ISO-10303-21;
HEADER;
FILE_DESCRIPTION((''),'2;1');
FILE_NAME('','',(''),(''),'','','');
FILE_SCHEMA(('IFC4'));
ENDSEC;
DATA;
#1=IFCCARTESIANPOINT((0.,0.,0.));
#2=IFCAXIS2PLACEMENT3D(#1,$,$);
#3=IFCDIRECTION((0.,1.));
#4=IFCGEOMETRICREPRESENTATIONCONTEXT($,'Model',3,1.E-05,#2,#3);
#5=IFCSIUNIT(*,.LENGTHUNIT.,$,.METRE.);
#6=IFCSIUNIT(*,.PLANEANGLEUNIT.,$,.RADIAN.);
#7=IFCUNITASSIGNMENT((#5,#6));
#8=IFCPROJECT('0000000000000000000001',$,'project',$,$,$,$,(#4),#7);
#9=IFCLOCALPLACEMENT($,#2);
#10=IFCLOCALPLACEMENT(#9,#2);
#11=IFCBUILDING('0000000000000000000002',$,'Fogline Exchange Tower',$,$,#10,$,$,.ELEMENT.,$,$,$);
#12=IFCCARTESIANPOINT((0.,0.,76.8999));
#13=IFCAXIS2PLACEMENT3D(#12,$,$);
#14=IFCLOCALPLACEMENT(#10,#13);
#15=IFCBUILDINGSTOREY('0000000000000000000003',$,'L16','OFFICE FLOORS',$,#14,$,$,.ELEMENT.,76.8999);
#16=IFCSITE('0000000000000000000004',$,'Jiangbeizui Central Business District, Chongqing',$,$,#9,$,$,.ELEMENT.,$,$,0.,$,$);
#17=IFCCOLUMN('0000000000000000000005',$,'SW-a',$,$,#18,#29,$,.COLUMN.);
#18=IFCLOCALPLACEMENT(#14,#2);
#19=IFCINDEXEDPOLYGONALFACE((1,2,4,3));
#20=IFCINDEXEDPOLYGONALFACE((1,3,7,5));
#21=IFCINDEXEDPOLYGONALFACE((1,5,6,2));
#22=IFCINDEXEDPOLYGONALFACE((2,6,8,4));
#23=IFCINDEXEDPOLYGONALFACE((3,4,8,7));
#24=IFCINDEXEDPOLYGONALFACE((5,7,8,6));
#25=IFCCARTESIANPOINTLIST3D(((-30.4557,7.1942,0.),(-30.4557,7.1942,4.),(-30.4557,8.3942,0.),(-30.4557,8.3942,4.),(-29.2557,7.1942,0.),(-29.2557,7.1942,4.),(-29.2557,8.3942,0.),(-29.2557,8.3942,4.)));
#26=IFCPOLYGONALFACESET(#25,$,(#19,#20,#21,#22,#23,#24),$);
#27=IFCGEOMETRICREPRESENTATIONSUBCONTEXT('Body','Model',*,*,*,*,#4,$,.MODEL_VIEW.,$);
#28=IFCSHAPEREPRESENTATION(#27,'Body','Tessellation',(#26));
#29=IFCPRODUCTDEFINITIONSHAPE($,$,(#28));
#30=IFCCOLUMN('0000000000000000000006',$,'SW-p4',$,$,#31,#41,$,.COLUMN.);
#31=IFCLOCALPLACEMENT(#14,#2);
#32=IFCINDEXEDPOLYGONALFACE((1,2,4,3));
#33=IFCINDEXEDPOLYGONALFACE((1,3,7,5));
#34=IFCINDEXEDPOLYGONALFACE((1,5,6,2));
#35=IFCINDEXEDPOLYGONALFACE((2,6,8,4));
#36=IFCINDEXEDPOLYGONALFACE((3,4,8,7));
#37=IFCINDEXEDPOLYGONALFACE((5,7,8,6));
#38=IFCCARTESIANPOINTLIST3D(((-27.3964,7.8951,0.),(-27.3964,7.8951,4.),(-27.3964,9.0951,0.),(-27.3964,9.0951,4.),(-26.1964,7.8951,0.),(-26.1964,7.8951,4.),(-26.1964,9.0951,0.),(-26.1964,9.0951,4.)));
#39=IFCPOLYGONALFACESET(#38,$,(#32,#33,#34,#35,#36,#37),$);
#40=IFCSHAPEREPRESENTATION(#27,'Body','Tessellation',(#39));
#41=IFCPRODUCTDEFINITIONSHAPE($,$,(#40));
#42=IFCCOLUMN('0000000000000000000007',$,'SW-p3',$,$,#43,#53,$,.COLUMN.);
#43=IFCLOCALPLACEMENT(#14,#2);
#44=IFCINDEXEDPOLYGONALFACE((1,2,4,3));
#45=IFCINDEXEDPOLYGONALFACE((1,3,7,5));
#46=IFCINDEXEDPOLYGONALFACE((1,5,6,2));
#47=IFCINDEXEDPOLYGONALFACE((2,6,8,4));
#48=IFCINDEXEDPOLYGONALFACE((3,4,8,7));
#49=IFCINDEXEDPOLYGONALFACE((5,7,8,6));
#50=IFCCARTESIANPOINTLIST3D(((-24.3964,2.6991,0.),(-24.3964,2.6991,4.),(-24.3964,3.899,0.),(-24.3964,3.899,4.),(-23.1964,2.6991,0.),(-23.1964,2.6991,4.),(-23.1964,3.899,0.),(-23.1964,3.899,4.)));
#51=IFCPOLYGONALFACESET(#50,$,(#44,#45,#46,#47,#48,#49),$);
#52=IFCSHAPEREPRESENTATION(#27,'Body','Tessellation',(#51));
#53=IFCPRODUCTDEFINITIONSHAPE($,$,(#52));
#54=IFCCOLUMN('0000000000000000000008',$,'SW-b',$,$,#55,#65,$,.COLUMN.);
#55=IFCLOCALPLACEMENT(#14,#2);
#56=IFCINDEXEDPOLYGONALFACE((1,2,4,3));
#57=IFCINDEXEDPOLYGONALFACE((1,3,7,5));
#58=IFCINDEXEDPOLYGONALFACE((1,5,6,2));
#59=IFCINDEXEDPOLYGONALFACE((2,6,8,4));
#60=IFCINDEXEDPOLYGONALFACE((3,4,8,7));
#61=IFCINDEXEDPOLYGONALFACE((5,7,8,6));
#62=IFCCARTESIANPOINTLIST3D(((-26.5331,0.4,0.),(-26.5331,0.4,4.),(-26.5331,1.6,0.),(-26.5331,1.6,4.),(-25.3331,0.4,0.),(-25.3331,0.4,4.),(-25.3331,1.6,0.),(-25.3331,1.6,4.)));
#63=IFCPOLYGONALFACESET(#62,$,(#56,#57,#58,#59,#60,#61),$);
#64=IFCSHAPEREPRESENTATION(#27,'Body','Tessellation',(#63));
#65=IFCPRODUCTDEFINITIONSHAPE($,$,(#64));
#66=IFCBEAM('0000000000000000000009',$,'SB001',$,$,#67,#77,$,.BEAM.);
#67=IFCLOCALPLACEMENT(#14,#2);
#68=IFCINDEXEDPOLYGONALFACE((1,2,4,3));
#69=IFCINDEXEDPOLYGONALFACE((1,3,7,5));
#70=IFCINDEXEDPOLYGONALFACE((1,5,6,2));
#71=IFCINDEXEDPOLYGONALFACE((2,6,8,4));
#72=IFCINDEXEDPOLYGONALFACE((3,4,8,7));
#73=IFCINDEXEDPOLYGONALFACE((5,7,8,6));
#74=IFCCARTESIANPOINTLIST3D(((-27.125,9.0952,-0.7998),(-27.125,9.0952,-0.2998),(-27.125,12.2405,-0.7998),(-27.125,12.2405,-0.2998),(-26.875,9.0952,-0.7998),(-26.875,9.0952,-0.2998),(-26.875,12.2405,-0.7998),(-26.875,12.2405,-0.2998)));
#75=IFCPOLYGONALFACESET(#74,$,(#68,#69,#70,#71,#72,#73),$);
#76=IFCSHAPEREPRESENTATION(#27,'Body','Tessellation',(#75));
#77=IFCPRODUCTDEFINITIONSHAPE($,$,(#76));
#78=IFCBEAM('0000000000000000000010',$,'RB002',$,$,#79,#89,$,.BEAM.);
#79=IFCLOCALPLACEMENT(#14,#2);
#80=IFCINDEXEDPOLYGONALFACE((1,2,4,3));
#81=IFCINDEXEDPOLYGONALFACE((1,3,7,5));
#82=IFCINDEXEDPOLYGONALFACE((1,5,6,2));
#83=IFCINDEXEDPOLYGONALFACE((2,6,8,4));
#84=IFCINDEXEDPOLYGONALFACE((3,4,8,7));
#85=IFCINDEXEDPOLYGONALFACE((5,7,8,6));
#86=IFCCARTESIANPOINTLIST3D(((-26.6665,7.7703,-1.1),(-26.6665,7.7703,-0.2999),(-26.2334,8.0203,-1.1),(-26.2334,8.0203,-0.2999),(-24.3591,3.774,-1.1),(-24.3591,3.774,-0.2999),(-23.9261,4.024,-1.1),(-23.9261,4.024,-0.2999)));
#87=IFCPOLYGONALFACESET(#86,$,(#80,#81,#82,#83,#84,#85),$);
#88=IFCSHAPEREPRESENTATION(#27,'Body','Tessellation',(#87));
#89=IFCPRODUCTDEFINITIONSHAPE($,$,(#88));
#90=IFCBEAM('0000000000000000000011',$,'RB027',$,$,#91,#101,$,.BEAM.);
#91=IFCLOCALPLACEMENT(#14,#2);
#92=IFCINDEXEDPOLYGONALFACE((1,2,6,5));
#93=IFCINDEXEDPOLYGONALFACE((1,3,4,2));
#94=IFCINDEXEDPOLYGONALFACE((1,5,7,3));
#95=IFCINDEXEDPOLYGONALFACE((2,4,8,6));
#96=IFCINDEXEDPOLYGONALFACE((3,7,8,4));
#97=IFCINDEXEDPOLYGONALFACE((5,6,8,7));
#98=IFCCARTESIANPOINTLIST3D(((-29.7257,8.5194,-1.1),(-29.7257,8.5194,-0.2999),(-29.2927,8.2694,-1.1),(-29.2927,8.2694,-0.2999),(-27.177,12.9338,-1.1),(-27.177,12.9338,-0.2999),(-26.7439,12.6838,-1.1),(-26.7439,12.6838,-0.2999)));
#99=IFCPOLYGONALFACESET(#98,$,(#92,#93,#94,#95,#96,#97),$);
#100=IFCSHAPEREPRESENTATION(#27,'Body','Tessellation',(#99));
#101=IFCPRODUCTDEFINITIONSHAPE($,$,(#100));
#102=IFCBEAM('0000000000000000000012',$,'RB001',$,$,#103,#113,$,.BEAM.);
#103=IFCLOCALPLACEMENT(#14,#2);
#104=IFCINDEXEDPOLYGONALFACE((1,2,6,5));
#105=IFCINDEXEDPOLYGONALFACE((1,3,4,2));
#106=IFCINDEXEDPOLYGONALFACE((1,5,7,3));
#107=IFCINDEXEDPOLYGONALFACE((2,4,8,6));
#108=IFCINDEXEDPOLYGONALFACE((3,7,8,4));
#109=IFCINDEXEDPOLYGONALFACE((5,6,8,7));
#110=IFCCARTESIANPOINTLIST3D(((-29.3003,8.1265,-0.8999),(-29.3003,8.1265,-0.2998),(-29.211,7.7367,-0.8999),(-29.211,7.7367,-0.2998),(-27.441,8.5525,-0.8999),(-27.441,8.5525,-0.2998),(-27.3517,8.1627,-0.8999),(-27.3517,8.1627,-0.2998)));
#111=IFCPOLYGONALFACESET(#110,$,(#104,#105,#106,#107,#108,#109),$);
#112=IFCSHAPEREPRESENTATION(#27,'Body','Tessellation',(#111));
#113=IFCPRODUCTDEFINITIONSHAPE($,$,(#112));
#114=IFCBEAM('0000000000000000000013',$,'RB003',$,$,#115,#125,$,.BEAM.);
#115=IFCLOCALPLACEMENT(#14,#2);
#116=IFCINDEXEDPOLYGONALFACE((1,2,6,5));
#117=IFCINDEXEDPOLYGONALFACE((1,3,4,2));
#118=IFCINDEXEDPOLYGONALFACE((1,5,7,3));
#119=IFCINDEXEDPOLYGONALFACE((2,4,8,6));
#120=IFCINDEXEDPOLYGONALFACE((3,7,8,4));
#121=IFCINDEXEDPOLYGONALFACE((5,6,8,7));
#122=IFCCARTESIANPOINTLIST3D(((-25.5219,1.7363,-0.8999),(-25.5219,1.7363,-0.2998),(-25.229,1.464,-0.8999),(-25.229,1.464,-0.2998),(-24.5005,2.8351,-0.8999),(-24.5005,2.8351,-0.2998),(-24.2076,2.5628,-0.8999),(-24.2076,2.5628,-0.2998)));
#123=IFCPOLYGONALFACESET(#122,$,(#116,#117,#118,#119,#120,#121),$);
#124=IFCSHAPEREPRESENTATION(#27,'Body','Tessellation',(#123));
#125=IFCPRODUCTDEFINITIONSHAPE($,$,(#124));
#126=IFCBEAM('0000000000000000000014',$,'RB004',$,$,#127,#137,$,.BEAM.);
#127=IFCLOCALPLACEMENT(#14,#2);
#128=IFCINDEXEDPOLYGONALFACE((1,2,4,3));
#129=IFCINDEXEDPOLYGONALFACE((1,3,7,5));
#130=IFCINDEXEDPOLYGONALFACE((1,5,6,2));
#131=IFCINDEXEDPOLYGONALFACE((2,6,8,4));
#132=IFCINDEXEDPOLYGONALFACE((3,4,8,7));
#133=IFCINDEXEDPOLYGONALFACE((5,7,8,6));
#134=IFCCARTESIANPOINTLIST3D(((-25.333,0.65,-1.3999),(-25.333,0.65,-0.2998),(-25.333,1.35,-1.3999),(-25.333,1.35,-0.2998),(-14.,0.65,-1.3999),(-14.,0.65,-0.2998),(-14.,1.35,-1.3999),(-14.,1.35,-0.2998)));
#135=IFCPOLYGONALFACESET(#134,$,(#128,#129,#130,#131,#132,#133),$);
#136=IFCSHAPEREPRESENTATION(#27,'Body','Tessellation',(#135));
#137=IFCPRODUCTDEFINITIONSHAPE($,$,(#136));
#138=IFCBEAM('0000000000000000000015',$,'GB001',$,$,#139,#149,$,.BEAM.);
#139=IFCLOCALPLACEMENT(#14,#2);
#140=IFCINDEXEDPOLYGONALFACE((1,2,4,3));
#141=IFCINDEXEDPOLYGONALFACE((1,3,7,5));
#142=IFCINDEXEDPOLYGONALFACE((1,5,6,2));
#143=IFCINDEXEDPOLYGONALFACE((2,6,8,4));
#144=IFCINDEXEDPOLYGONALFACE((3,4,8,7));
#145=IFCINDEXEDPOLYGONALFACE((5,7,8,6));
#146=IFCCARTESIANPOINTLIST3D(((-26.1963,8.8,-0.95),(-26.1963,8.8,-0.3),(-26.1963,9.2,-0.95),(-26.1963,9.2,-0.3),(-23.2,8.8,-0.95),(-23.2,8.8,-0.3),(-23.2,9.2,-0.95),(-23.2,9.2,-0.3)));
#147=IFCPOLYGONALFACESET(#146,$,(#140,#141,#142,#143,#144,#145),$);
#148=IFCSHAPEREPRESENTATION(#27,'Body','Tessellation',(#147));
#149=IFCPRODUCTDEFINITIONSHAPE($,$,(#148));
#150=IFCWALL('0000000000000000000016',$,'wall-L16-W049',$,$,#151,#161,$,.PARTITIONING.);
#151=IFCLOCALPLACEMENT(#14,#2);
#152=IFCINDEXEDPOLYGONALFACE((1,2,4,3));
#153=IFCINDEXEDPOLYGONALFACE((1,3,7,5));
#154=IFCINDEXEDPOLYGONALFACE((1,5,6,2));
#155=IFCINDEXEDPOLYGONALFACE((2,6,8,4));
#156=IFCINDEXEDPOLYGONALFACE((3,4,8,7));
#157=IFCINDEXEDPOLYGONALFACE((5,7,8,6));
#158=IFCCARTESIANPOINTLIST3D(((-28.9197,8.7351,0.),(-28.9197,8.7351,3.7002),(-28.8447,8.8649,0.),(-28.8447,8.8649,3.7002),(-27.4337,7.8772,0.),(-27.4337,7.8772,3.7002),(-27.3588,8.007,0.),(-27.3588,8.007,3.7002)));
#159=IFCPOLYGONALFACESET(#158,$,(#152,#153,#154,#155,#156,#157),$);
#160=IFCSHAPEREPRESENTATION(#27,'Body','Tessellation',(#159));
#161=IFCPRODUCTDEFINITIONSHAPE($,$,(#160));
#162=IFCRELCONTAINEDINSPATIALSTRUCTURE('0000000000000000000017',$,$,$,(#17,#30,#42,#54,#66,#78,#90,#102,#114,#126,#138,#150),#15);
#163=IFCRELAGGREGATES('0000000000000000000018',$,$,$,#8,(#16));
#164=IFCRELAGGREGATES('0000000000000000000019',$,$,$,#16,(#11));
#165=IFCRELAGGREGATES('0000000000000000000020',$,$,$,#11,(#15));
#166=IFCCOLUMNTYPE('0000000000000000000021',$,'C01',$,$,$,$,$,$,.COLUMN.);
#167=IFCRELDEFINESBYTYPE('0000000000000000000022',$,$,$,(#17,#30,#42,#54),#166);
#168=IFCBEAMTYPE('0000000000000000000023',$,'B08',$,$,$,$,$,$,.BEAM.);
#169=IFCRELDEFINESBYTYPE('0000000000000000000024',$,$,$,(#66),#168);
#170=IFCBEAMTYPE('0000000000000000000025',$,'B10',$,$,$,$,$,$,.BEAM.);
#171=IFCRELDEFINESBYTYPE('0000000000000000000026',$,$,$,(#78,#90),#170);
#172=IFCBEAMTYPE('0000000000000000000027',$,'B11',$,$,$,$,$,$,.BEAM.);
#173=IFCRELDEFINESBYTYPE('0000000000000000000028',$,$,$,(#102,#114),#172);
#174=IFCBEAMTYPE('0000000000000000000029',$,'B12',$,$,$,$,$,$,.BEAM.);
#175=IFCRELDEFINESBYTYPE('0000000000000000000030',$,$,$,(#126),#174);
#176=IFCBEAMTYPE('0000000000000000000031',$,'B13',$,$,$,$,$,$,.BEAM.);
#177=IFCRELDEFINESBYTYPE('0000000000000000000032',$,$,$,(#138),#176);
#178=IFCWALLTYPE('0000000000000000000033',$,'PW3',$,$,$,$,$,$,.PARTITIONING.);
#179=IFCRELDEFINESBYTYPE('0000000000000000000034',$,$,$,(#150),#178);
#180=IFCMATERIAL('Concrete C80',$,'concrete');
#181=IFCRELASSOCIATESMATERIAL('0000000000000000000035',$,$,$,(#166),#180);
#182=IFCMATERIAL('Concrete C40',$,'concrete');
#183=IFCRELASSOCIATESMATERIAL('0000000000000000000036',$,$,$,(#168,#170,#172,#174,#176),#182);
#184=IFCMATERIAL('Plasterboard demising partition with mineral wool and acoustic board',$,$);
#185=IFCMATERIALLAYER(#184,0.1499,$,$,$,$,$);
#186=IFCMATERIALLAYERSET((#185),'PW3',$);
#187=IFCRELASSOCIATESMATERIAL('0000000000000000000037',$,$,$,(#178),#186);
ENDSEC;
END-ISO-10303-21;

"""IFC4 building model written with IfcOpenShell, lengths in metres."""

from ifc_helpers import new_model, si_unit, direction, frame, frame_2d, origin, origin_2d, place, context, subcontext, project, spatial, rectangle, extrude, material, layer, layer_set, material_profile, profile_set, type_object, element, save


model = new_model("IFC4")

# Units and contexts
model_context = context("Model", 3, precision=1e-05, world=origin(), true_north=direction((0.0, 1.0)))
body_context = subcontext(model_context, "Body", "Model", "MODEL_VIEW")
ifc_project = project(units=[si_unit("LENGTHUNIT", "METRE"), si_unit("PLANEANGLEUNIT", "RADIAN")], contexts=[model_context])

# Site, building, storey
site_placement = place(None, origin())
site = spatial("IfcSite", under=ifc_project, at=site_placement, Name="Jiangbeizui Central Business District, Chongqing", CompositionType="ELEMENT", RefElevation=0.0)
building_placement = place(site_placement, origin())
building = spatial("IfcBuilding", under=site, at=building_placement, Name="Fogline Exchange Tower", CompositionType="ELEMENT")
storey_placement = place(building_placement, frame((0.0, 0.0, 76.8999)))
storey = spatial("IfcBuildingStorey", under=building, at=storey_placement, Name="L16", Description="OFFICE FLOORS", CompositionType="ELEMENT", Elevation=76.8999)

# Columns
ifc_material_1 = material(Name="Concrete C80", Category="concrete")
ifc_material_profile_1 = material_profile(ifc_material_1, rectangle(XDim=1.2, YDim=1.2, at=origin_2d()), Name="RC 1200x1200")
ifc_profile_set_1 = profile_set([ifc_material_profile_1], Name="Concrete C80")
column_type = type_object("IfcColumnType", Name="C01", PredefinedType="COLUMN", material=ifc_profile_set_1)
for number, where, z_axis, x_axis, name in (
    (1, (-29.8557, 7.7942, 0.0), (0.0, 0.0, 1.0), (1.0, 0.0, 0.0), "SW-a"),
    (2, (-26.7964, 8.4951, 0.0), (0.0, 0.0, 1.0), (1.0, 0.0, 0.0), "SW-p4"),
    (3, (-23.7964, 3.2991, 0.0), (0.0, 0.0, 1.0), (1.0, 0.0, 0.0), "SW-p3"),
    (4, (-25.9331, 1.0, 0.0), (0.0, 0.0, 1.0), (1.0, 0.0, 0.0), "SW-b"),
):
    element("IfcColumn", number, at=place(storey_placement, frame(where, z_axis=z_axis, x_axis=x_axis)), inside=storey, type_object=column_type, Name=name, PredefinedType="COLUMN", context=body_context, shape_type="SweptSolid", body=[
        extrude(rectangle(XDim=1.2, YDim=1.2, at=origin_2d()), origin(), (0.0, 0.0, 1.0), 4.0),
    ])

# Beams
ifc_material_2 = material(Name="Concrete C40", Category="concrete")
ifc_material_profile_2 = material_profile(ifc_material_2, rectangle(XDim=0.25, YDim=0.5, at=origin_2d()), Name="RC 250x500")
ifc_profile_set_2 = profile_set([ifc_material_profile_2], Name="Concrete C40")
beam_type_1 = type_object("IfcBeamType", Name="B08", PredefinedType="BEAM", material=ifc_profile_set_2)
beam_1_placement = place(storey_placement, frame((-27.0, 9.0952, -0.5498), z_axis=(0.0, 1.0, 0.0), x_axis=(-1.0, 0.0, 0.0)))
element("IfcBeam", 5, at=beam_1_placement, inside=storey, type_object=beam_type_1, Name="SB001", PredefinedType="BEAM", context=body_context, shape_type="SweptSolid", body=[
    extrude(rectangle(XDim=0.25, YDim=0.5, at=origin_2d()), origin(), (0.0, 0.0, 1.0), 3.1453),
])
ifc_material_profile_3 = material_profile(ifc_material_2, rectangle(XDim=0.5, YDim=0.8, at=origin_2d()), Name="RC 500x800")
ifc_profile_set_3 = profile_set([ifc_material_profile_3], Name="Concrete C40")
beam_type_2 = type_object("IfcBeamType", Name="B10", PredefinedType="BEAM", material=ifc_profile_set_3)
beam_2_placement = place(storey_placement, frame((-26.45, 7.8953, -0.7), z_axis=(0.500014, -0.866017, 0.0), x_axis=(0.866017, 0.500014, 0.0)))
element("IfcBeam", 6, at=beam_2_placement, inside=storey, type_object=beam_type_2, Name="RB002", PredefinedType="BEAM", context=body_context, shape_type="SweptSolid", body=[
    extrude(rectangle(XDim=0.5, YDim=0.8, at=origin_2d()), origin(), (0.0, 0.0, 1.0), 4.6145),
])
beam_3_placement = place(storey_placement, frame((-26.9604, 12.8088, -0.7), z_axis=(-0.500013, -0.866018, 0.0), x_axis=(0.866018, -0.500013, 0.0)))
element("IfcBeam", 7, at=beam_3_placement, inside=storey, type_object=beam_type_2, Name="RB027", PredefinedType="BEAM", context=body_context, shape_type="SweptSolid", body=[
    extrude(rectangle(XDim=0.5, YDim=0.8, at=origin_2d()), origin(), (0.0, 0.0, 1.0), 5.0974),
])
ifc_material_profile_4 = material_profile(ifc_material_2, rectangle(XDim=0.3999, YDim=0.6001, at=origin_2d()), Name="RC 400x600")
ifc_profile_set_4 = profile_set([ifc_material_profile_4], Name="Concrete C40")
beam_type_3 = type_object("IfcBeamType", Name="B11", PredefinedType="BEAM", material=ifc_profile_set_4)
beam_4_placement = place(storey_placement, frame((-29.2556, 7.9316, -0.5999), z_axis=(0.974742, 0.223336, 0.0), x_axis=(-0.223336, 0.974742, 0.0)))
element("IfcBeam", 8, at=beam_4_placement, inside=storey, type_object=beam_type_3, Name="RB001", PredefinedType="BEAM", context=body_context, shape_type="SweptSolid", body=[
    extrude(rectangle(XDim=0.3999, YDim=0.6001, at=origin_2d()), origin(), (0.0, 0.0, 1.0), 1.9075),
])
beam_5_placement = place(storey_placement, frame((-24.354, 2.699, -0.5999), z_axis=(-0.680844, -0.732428, 0.0), x_axis=(0.732428, -0.680844, 0.0)))
element("IfcBeam", 9, at=beam_5_placement, inside=storey, type_object=beam_type_3, Name="RB003", PredefinedType="BEAM", context=body_context, shape_type="SweptSolid", body=[
    extrude(rectangle(XDim=0.3999, YDim=0.6001, at=origin_2d()), origin(), (0.0, 0.0, 1.0), 1.5002),
])
ifc_material_profile_5 = material_profile(ifc_material_2, rectangle(XDim=0.7, YDim=1.1001, at=origin_2d()), Name="RC 700x1100")
ifc_profile_set_5 = profile_set([ifc_material_profile_5], Name="Concrete C40")
beam_type_4 = type_object("IfcBeamType", Name="B12", PredefinedType="BEAM", material=ifc_profile_set_5)
beam_6_placement = place(storey_placement, frame((-25.333, 1.0, -0.8499), z_axis=(1.0, 0.0, 0.0), x_axis=(0.0, 1.0, 0.0)))
element("IfcBeam", 10, at=beam_6_placement, inside=storey, type_object=beam_type_4, Name="RB004", PredefinedType="BEAM", context=body_context, shape_type="SweptSolid", body=[
    extrude(rectangle(XDim=0.7, YDim=1.1001, at=origin_2d()), origin(), (0.0, 0.0, 1.0), 11.333),
])
ifc_material_profile_6 = material_profile(ifc_material_2, rectangle(XDim=0.3999, YDim=0.6499, at=origin_2d()), Name="RC 400x650")
ifc_profile_set_6 = profile_set([ifc_material_profile_6], Name="Concrete C40")
beam_type_5 = type_object("IfcBeamType", Name="B13", PredefinedType="BEAM", material=ifc_profile_set_6)
beam_7_placement = place(storey_placement, frame((-26.1963, 9.0, -0.625), z_axis=(1.0, 0.0, 0.0), x_axis=(0.0, 1.0, 0.0)))
element("IfcBeam", 11, at=beam_7_placement, inside=storey, type_object=beam_type_5, Name="GB001", PredefinedType="BEAM", context=body_context, shape_type="SweptSolid", body=[
    extrude(rectangle(XDim=0.3999, YDim=0.6499, at=origin_2d()), origin(), (0.0, 0.0, 1.0), 2.9963),
])

# Wall
ifc_material_3 = material(Name="Plasterboard demising partition with mineral wool and acoustic board")
ifc_layer_1 = layer(ifc_material_3, 0.1499)
ifc_layer_set_1 = layer_set([ifc_layer_1], Name="PW3")
wall_type_1 = type_object("IfcWallType", Name="PW3", PredefinedType="PARTITIONING", material=ifc_layer_set_1)
wall_1_placement = place(storey_placement, frame((-27.3962, 7.9421, 0.0), z_axis=(0.0, 0.0, 1.0), x_axis=(-0.866046, 0.499965, 0.0)))
element("IfcWall", 12, at=wall_1_placement, inside=storey, type_object=wall_type_1, Name="wall-L16-W049", PredefinedType="PARTITIONING", context=body_context, shape_type="SweptSolid", body=[
    extrude(rectangle(XDim=1.7158, YDim=0.1499, at=frame_2d((0.8579, 0.0))), origin(), (0.0, 0.0, 1.0), 3.7002),
])

save(model, "model.ifc")
